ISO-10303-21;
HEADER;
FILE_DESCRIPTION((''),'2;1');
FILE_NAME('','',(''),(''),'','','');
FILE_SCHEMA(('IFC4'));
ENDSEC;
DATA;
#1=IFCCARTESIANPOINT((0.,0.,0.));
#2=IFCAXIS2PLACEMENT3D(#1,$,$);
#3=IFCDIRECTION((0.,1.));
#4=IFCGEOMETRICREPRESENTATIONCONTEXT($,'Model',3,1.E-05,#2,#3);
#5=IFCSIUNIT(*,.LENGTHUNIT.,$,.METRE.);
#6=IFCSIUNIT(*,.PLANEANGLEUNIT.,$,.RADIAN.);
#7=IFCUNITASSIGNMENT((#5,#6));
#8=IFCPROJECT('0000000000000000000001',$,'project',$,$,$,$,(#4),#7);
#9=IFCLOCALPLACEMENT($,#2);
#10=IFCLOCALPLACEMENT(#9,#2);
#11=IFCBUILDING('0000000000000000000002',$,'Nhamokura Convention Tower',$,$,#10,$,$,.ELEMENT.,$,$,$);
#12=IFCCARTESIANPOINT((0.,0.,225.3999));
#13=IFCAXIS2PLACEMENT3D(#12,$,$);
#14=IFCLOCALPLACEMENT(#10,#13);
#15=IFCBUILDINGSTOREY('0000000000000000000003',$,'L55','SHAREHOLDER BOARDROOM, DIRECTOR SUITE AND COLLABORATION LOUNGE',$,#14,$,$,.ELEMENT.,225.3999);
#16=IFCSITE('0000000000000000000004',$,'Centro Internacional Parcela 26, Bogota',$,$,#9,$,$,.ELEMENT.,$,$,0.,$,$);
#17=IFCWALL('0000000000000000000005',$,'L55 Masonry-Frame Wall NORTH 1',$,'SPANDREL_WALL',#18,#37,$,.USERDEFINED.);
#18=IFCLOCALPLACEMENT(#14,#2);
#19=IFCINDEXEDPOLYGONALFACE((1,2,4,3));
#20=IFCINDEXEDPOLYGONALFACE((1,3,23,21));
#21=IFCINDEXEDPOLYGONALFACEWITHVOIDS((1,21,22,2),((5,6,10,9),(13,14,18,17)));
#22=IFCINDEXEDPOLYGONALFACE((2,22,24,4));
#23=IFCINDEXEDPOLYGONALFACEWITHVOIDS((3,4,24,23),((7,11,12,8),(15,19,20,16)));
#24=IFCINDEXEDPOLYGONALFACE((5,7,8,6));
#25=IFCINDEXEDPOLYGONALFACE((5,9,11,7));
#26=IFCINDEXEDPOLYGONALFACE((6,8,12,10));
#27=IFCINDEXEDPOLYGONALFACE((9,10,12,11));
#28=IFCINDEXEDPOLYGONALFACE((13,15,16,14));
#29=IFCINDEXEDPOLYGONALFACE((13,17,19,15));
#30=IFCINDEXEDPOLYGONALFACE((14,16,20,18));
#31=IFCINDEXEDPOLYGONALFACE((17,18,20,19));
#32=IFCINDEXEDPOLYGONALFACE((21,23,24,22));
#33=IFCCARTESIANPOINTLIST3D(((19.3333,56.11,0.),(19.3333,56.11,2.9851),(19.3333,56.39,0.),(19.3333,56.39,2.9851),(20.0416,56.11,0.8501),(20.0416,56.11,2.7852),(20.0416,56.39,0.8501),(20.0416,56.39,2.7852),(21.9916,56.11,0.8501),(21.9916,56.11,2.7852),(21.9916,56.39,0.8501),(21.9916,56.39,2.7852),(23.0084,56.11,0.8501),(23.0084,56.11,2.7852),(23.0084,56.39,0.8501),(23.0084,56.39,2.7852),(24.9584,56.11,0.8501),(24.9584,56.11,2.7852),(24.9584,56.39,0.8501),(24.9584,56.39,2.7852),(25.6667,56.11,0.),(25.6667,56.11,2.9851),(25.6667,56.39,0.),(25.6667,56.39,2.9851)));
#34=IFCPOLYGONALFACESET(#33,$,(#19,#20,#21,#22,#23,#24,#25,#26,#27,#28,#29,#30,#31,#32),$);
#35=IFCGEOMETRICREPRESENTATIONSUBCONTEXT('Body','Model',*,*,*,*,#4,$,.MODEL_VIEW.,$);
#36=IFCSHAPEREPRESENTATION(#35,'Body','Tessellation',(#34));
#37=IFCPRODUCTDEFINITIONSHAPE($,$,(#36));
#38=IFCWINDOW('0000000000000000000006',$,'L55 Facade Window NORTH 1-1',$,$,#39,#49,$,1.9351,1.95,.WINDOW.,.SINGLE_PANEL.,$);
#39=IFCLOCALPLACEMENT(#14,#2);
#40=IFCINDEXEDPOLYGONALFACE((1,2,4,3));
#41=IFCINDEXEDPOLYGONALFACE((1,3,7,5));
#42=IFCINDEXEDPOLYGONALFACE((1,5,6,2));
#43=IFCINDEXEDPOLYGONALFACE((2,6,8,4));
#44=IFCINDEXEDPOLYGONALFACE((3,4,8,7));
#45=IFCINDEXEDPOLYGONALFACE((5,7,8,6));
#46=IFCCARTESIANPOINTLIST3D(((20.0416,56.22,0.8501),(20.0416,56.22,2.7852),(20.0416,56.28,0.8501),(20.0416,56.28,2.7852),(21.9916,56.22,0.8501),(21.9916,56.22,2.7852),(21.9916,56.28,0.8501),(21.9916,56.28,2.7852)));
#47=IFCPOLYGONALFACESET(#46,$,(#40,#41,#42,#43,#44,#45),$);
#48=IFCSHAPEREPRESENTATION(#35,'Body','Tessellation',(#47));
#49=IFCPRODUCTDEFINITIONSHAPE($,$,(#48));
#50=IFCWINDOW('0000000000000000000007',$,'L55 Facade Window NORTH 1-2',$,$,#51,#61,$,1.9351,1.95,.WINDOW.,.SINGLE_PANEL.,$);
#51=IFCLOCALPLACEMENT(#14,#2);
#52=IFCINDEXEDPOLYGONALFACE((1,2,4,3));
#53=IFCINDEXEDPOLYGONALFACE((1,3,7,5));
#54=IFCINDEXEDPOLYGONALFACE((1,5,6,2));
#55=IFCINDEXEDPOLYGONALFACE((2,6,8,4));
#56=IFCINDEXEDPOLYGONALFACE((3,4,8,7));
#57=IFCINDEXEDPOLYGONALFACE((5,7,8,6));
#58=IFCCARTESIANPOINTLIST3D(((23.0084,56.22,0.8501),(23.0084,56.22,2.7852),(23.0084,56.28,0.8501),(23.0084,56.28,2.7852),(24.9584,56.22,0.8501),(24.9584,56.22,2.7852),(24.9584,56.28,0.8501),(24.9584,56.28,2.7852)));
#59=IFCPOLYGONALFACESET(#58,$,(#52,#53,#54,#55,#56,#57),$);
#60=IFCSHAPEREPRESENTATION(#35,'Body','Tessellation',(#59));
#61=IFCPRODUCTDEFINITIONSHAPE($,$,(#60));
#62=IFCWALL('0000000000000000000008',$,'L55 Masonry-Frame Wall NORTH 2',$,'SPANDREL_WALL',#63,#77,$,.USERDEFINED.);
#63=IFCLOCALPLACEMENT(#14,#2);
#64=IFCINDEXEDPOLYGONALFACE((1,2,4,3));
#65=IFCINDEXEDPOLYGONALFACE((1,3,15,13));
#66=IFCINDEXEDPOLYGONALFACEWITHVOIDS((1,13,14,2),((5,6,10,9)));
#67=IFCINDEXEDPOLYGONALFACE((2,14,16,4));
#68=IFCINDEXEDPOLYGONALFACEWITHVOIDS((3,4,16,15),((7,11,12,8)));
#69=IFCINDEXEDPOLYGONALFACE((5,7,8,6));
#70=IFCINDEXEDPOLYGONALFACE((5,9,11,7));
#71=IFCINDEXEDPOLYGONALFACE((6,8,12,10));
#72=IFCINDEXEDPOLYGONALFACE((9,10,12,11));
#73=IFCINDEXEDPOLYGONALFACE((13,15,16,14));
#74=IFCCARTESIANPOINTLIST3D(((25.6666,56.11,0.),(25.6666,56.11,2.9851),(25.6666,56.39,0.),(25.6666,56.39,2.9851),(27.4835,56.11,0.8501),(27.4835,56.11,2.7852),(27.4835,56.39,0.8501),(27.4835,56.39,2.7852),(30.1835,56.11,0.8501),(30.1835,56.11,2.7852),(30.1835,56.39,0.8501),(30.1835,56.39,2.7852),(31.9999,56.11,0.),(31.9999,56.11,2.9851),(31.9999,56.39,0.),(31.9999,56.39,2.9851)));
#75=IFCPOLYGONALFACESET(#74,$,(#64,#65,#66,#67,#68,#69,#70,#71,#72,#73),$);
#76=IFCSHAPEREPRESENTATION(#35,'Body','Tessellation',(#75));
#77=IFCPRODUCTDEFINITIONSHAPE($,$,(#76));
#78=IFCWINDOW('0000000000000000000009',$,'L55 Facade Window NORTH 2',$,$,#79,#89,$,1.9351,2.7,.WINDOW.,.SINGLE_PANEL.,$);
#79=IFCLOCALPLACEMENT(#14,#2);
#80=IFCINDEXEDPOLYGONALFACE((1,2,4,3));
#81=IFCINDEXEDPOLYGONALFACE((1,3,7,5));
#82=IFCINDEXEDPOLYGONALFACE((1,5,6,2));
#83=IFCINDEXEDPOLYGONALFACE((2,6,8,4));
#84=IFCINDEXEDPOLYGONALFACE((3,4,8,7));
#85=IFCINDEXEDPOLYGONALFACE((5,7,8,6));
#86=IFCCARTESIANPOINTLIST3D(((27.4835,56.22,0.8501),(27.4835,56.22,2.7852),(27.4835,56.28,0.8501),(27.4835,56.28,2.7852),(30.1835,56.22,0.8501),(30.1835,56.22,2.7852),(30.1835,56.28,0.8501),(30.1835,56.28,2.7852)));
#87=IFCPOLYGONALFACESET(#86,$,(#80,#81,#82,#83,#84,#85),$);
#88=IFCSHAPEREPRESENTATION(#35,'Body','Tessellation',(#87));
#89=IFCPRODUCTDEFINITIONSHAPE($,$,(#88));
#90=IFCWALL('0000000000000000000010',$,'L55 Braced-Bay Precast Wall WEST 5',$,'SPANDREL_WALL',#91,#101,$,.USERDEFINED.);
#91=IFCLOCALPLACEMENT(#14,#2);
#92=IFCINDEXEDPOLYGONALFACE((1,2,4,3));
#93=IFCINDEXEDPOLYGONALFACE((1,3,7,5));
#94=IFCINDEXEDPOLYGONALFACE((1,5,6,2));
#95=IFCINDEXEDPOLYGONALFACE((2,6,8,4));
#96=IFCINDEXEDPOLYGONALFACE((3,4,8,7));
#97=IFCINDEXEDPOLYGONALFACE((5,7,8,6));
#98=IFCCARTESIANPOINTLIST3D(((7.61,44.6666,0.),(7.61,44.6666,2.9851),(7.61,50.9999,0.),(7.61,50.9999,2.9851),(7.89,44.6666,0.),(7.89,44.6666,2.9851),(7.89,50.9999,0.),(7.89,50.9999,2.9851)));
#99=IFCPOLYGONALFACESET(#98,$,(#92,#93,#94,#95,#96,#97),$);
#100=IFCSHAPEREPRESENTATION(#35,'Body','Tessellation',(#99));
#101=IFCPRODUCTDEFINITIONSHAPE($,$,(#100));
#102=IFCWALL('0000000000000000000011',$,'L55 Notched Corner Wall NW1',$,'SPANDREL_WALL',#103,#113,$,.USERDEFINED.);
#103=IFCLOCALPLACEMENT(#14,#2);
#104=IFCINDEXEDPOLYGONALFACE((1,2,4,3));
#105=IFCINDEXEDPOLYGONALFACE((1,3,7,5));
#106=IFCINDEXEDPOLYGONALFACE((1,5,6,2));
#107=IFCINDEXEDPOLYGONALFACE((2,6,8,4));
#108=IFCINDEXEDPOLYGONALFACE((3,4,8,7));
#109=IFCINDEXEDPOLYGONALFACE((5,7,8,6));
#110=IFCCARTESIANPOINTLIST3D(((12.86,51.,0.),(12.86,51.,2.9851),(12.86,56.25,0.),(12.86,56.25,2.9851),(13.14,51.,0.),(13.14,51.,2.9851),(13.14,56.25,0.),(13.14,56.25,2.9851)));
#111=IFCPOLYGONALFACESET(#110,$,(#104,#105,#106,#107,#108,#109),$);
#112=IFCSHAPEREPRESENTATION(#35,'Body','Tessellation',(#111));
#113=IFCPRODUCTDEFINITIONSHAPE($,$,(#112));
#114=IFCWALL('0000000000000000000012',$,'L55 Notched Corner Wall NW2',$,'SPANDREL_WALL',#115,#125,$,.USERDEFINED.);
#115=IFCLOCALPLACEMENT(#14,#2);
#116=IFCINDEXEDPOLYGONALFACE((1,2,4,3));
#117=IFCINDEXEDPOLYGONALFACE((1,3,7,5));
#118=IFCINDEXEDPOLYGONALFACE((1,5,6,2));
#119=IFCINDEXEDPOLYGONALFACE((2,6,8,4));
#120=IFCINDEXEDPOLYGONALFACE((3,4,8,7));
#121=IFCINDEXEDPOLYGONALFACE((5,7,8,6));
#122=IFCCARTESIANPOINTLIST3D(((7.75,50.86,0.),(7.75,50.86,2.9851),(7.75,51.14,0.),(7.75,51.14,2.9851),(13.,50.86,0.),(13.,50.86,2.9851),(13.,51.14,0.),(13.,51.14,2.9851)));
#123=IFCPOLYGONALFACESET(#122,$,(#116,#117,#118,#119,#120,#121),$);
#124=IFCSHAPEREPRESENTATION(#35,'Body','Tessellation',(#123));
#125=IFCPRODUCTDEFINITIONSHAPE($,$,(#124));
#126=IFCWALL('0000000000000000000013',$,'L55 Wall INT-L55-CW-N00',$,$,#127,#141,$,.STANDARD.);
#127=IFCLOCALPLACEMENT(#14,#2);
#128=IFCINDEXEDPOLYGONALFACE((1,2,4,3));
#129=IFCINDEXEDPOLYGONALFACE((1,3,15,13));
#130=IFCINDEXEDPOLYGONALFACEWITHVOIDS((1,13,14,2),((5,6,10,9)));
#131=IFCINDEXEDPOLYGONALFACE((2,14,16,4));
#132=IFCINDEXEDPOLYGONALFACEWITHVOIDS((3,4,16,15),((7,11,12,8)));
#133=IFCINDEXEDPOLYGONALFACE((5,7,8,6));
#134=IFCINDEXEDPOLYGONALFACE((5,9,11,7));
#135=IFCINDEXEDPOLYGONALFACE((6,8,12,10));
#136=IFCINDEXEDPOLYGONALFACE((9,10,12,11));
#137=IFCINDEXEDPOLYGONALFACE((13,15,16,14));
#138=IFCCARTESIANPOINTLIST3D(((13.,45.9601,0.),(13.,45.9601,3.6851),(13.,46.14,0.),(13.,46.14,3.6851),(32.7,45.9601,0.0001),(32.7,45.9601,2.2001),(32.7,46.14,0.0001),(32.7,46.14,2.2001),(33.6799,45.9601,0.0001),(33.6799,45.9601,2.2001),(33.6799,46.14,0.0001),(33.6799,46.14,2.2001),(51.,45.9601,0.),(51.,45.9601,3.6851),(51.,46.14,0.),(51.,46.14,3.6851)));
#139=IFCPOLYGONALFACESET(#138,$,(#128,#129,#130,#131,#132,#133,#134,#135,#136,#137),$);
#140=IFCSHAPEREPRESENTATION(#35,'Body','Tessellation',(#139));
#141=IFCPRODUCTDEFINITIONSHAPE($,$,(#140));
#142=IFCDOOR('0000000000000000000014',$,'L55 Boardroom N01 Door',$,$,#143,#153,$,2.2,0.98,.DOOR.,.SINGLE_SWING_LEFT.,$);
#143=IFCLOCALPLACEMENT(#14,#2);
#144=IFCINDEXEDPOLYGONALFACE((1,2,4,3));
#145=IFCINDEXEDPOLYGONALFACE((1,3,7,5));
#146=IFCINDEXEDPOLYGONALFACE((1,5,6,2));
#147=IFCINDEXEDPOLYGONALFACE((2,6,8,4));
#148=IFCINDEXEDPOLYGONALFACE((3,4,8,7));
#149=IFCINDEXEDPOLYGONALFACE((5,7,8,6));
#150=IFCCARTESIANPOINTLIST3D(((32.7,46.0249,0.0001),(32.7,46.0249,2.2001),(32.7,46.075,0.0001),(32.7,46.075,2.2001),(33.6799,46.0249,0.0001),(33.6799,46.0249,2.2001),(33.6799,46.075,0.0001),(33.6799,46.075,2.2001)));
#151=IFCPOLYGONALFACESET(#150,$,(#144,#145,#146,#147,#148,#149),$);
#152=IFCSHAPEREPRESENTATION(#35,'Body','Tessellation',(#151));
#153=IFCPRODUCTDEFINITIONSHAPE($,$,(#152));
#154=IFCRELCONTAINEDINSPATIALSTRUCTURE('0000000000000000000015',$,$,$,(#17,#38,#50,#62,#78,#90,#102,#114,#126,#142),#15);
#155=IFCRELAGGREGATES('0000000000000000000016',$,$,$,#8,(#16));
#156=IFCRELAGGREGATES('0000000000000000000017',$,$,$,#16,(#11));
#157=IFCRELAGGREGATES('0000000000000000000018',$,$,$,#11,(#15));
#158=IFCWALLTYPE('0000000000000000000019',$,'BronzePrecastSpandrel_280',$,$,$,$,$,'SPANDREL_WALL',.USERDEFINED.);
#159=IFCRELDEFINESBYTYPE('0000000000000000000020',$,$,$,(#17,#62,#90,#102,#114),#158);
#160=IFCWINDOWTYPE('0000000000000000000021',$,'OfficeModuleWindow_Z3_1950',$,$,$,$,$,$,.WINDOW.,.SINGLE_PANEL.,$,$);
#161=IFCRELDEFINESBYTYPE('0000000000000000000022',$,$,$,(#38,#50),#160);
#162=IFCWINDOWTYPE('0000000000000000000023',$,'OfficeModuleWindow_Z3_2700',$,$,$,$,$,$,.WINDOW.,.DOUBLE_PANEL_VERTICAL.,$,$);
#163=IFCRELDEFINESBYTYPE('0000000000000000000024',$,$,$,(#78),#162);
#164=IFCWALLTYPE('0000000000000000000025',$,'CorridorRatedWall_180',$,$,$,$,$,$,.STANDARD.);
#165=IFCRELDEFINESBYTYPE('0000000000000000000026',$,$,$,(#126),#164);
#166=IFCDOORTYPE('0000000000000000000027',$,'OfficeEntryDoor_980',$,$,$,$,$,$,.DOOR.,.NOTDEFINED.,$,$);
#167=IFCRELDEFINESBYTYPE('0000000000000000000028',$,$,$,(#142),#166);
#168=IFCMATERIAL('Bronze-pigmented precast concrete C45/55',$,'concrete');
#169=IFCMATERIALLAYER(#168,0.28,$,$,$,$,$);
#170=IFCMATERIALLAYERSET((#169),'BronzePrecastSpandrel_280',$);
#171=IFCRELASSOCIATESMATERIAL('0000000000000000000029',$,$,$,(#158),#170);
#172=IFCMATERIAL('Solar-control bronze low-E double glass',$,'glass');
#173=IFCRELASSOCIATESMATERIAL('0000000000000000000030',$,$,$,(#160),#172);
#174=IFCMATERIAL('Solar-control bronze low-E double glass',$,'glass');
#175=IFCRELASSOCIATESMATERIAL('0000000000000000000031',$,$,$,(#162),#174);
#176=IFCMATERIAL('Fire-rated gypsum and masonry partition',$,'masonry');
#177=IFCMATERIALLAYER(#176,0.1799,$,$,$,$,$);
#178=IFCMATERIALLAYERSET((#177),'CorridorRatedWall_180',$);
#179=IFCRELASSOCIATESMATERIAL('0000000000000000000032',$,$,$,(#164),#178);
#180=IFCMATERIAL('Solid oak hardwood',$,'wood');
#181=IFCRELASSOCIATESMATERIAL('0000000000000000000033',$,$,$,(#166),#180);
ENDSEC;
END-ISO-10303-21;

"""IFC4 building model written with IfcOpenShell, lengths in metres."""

from ifc_helpers import new_model, si_unit, direction, frame, frame_2d, origin, place, context, subcontext, project, spatial, rectangle, extrude, material, layer, layer_set, type_object, element, fill, save


model = new_model("IFC4")

# Units and contexts
model_context = context("Model", 3, precision=1e-05, world=origin(), true_north=direction((0.0, 1.0)))
body_context = subcontext(model_context, "Body", "Model", "MODEL_VIEW")
ifc_project = project(units=[si_unit("LENGTHUNIT", "METRE"), si_unit("PLANEANGLEUNIT", "RADIAN")], contexts=[model_context])

# Site, building, storey
site_placement = place(None, origin())
site = spatial("IfcSite", under=ifc_project, at=site_placement, Name="Centro Internacional Parcela 26, Bogota", CompositionType="ELEMENT", RefElevation=0.0)
building_placement = place(site_placement, origin())
building = spatial("IfcBuilding", under=site, at=building_placement, Name="Nhamokura Convention Tower", CompositionType="ELEMENT")
storey_placement = place(building_placement, frame((0.0, 0.0, 225.3999)))
storey = spatial("IfcBuildingStorey", under=building, at=storey_placement, Name="L55", Description="SHAREHOLDER BOARDROOM, DIRECTOR SUITE AND COLLABORATION LOUNGE", CompositionType="ELEMENT", Elevation=225.3999)

# Shared definitions
ifc_material_1 = material(Name="Bronze-pigmented precast concrete C45/55", Category="concrete")
ifc_layer_1 = layer(ifc_material_1, 0.28)
ifc_layer_set_1 = layer_set([ifc_layer_1], Name="BronzePrecastSpandrel_280")
wall_type_1 = type_object("IfcWallType", Name="BronzePrecastSpandrel_280", ElementType="SPANDREL_WALL", PredefinedType="USERDEFINED", material=ifc_layer_set_1)

# Wall, openings, windows
wall_1_placement = place(storey_placement, frame((19.3333, 56.25, 0.0), z_axis=(0.0, 0.0, 1.0), x_axis=(1.0, 0.0, 0.0)))
wall_1 = element("IfcWall", 1, at=wall_1_placement, inside=storey, type_object=wall_type_1, Name="L55 Masonry-Frame Wall NORTH 1", ObjectType="SPANDREL_WALL", PredefinedType="USERDEFINED", context=body_context, shape_type="SweptSolid", body=[
    extrude(rectangle(XDim=6.3335, YDim=0.28, at=frame_2d((3.1667, 0.0))), origin(), (0.0, 0.0, 1.0), 2.9851),
])
opening_1_placement = place(wall_1_placement, frame((0.7083, 0.0, 0.8501)))
opening_1 = element("IfcOpeningElement", 2, at=opening_1_placement, cuts=wall_1, PredefinedType="OPENING", context=body_context, shape_type="SweptSolid", body=[
    extrude(rectangle(XDim=1.95, YDim=1.9351, at=frame_2d((0.9751, 0.9675))), frame((0.0, 0.1499, 0.0), z_axis=(0.0, -1.0, 0.0), x_axis=(1.0, 0.0, 0.0)), (0.0, 0.0, 1.0), 0.3),
])
opening_2_placement = place(wall_1_placement, frame((3.675, 0.0, 0.8501)))
opening_2 = element("IfcOpeningElement", 3, at=opening_2_placement, cuts=wall_1, PredefinedType="OPENING", context=body_context, shape_type="SweptSolid", body=[
    extrude(rectangle(XDim=1.95, YDim=1.9351, at=frame_2d((0.9751, 0.9675))), frame((0.0, 0.1499, 0.0), z_axis=(0.0, -1.0, 0.0), x_axis=(1.0, 0.0, 0.0)), (0.0, 0.0, 1.0), 0.3),
])
ifc_material_2 = material(Name="Solar-control bronze low-E double glass", Category="glass")
window_type_1 = type_object("IfcWindowType", Name="OfficeModuleWindow_Z3_1950", PartitioningType="SINGLE_PANEL", PredefinedType="WINDOW", material=ifc_material_2)
window_1_placement = place(opening_1_placement, origin())
window_1 = element("IfcWindow", 4, at=window_1_placement, inside=storey, type_object=window_type_1, Name="L55 Facade Window NORTH 1-1", OverallHeight=1.9351, OverallWidth=1.95, PartitioningType="SINGLE_PANEL", PredefinedType="WINDOW", context=body_context, shape_type="SweptSolid", body=[
    extrude(rectangle(XDim=1.95, YDim=1.9351, at=frame_2d((0.9751, 0.9675))), frame((0.0, 0.03, 0.0), z_axis=(0.0, -1.0, 0.0), x_axis=(1.0, 0.0, 0.0)), (0.0, 0.0, 1.0), 0.0601),
])
fill(opening_1, window_1)
window_2_placement = place(opening_2_placement, origin())
window_2 = element("IfcWindow", 5, at=window_2_placement, inside=storey, type_object=window_type_1, Name="L55 Facade Window NORTH 1-2", OverallHeight=1.9351, OverallWidth=1.95, PartitioningType="SINGLE_PANEL", PredefinedType="WINDOW", context=body_context, shape_type="SweptSolid", body=[
    extrude(rectangle(XDim=1.95, YDim=1.9351, at=frame_2d((0.9751, 0.9675))), frame((0.0, 0.03, 0.0), z_axis=(0.0, -1.0, 0.0), x_axis=(1.0, 0.0, 0.0)), (0.0, 0.0, 1.0), 0.0601),
])
fill(opening_2, window_2)

# Wall, opening, window
wall_2_placement = place(storey_placement, frame((25.6667, 56.25, 0.0), z_axis=(0.0, 0.0, 1.0), x_axis=(1.0, 0.0, 0.0)))
wall_2 = element("IfcWall", 6, at=wall_2_placement, inside=storey, type_object=wall_type_1, Name="L55 Masonry-Frame Wall NORTH 2", ObjectType="SPANDREL_WALL", PredefinedType="USERDEFINED", context=body_context, shape_type="SweptSolid", body=[
    extrude(rectangle(XDim=6.3333, YDim=0.28, at=frame_2d((3.1665, 0.0))), origin(), (0.0, 0.0, 1.0), 2.9851),
])
opening_3_placement = place(wall_2_placement, frame((1.8167, 0.0, 0.8501)))
opening_3 = element("IfcOpeningElement", 7, at=opening_3_placement, cuts=wall_2, PredefinedType="OPENING", context=body_context, shape_type="SweptSolid", body=[
    extrude(rectangle(XDim=2.7, YDim=1.9351, at=frame_2d((1.3501, 0.9675))), frame((0.0, 0.1499, 0.0), z_axis=(0.0, -1.0, 0.0), x_axis=(1.0, 0.0, 0.0)), (0.0, 0.0, 1.0), 0.3),
])
ifc_material_3 = material(Name="Solar-control bronze low-E double glass", Category="glass")
window_type_2 = type_object("IfcWindowType", Name="OfficeModuleWindow_Z3_2700", PartitioningType="DOUBLE_PANEL_VERTICAL", PredefinedType="WINDOW", material=ifc_material_3)
window_3_placement = place(opening_3_placement, origin())
window_3 = element("IfcWindow", 8, at=window_3_placement, inside=storey, type_object=window_type_2, Name="L55 Facade Window NORTH 2", OverallHeight=1.9351, OverallWidth=2.7, PartitioningType="SINGLE_PANEL", PredefinedType="WINDOW", context=body_context, shape_type="SweptSolid", body=[
    extrude(rectangle(XDim=2.7, YDim=1.9351, at=frame_2d((1.3501, 0.9675))), frame((0.0, 0.03, 0.0), z_axis=(0.0, -1.0, 0.0), x_axis=(1.0, 0.0, 0.0)), (0.0, 0.0, 1.0), 0.0601),
])
fill(opening_3, window_3)

# Walls
wall_3_placement = place(storey_placement, frame((7.75, 44.6667, 0.0), z_axis=(0.0, 0.0, 1.0), x_axis=(0.0, 1.0, 0.0)))
element("IfcWall", 9, at=wall_3_placement, inside=storey, type_object=wall_type_1, Name="L55 Braced-Bay Precast Wall WEST 5", ObjectType="SPANDREL_WALL", PredefinedType="USERDEFINED", context=body_context, shape_type="SweptSolid", body=[
    extrude(rectangle(XDim=6.3333, YDim=0.28, at=frame_2d((3.1665, 0.0))), origin(), (0.0, 0.0, 1.0), 2.9851),
])
for number, where, z_axis, x_axis, name in (
    (10, (13.0, 51.0, 0.0), (0.0, 0.0, 1.0), (0.0, 1.0, 0.0), "L55 Notched Corner Wall NW1"),
    (11, (7.75, 51.0, 0.0), (0.0, 0.0, 1.0), (1.0, 0.0, 0.0), "L55 Notched Corner Wall NW2"),
):
    element("IfcWall", number, at=place(storey_placement, frame(where, z_axis=z_axis, x_axis=x_axis)), inside=storey, type_object=wall_type_1, Name=name, ObjectType="SPANDREL_WALL", PredefinedType="USERDEFINED", context=body_context, shape_type="SweptSolid", body=[
        extrude(rectangle(XDim=5.25, YDim=0.28, at=frame_2d((2.625, 0.0))), origin(), (0.0, 0.0, 1.0), 2.9851),
    ])

# Wall, opening, door
ifc_material_4 = material(Name="Fire-rated gypsum and masonry partition", Category="masonry")
ifc_layer_2 = layer(ifc_material_4, 0.1799)
ifc_layer_set_2 = layer_set([ifc_layer_2], Name="CorridorRatedWall_180")
wall_type_2 = type_object("IfcWallType", Name="CorridorRatedWall_180", PredefinedType="STANDARD", material=ifc_layer_set_2)
wall_4_placement = place(storey_placement, frame((13.0, 46.05, 0.0), z_axis=(0.0, 0.0, 1.0), x_axis=(1.0, 0.0, 0.0)))
wall_4 = element("IfcWall", 12, at=wall_4_placement, inside=storey, type_object=wall_type_2, Name="L55 Wall INT-L55-CW-N00", PredefinedType="STANDARD", context=body_context, shape_type="SweptSolid", body=[
    extrude(rectangle(XDim=38.0, YDim=0.1799, at=frame_2d((19.0, 0.0))), origin(), (0.0, 0.0, 1.0), 3.6851),
])
opening_4_placement = place(wall_4_placement, frame((19.7, 0.0, 0.0)))
opening_4 = element("IfcOpeningElement", 13, at=opening_4_placement, cuts=wall_4, PredefinedType="OPENING", context=body_context, shape_type="SweptSolid", body=[
    extrude(rectangle(XDim=0.98, YDim=2.2, at=frame_2d((0.49, 1.1001))), frame((0.0, 0.0999, 0.0), z_axis=(0.0, -1.0, 0.0), x_axis=(1.0, 0.0, 0.0)), (0.0, 0.0, 1.0), 0.2),
])
ifc_material_5 = material(Name="Solid oak hardwood", Category="wood")
door_type = type_object("IfcDoorType", Name="OfficeEntryDoor_980", OperationType="NOTDEFINED", PredefinedType="DOOR", material=ifc_material_5)
door_placement = place(opening_4_placement, origin())
door = element("IfcDoor", 14, at=door_placement, inside=storey, type_object=door_type, Name="L55 Boardroom N01 Door", OperationType="SINGLE_SWING_LEFT", OverallHeight=2.2, OverallWidth=0.98, PredefinedType="DOOR", context=body_context, shape_type="SweptSolid", body=[
    extrude(rectangle(XDim=0.98, YDim=2.2, at=frame_2d((0.49, 1.1001))), frame((0.0, 0.0249, 0.0), z_axis=(0.0, -1.0, 0.0), x_axis=(1.0, 0.0, 0.0)), (0.0, 0.0, 1.0), 0.05),
])
fill(opening_4, door)

save(model, "model.ifc")
